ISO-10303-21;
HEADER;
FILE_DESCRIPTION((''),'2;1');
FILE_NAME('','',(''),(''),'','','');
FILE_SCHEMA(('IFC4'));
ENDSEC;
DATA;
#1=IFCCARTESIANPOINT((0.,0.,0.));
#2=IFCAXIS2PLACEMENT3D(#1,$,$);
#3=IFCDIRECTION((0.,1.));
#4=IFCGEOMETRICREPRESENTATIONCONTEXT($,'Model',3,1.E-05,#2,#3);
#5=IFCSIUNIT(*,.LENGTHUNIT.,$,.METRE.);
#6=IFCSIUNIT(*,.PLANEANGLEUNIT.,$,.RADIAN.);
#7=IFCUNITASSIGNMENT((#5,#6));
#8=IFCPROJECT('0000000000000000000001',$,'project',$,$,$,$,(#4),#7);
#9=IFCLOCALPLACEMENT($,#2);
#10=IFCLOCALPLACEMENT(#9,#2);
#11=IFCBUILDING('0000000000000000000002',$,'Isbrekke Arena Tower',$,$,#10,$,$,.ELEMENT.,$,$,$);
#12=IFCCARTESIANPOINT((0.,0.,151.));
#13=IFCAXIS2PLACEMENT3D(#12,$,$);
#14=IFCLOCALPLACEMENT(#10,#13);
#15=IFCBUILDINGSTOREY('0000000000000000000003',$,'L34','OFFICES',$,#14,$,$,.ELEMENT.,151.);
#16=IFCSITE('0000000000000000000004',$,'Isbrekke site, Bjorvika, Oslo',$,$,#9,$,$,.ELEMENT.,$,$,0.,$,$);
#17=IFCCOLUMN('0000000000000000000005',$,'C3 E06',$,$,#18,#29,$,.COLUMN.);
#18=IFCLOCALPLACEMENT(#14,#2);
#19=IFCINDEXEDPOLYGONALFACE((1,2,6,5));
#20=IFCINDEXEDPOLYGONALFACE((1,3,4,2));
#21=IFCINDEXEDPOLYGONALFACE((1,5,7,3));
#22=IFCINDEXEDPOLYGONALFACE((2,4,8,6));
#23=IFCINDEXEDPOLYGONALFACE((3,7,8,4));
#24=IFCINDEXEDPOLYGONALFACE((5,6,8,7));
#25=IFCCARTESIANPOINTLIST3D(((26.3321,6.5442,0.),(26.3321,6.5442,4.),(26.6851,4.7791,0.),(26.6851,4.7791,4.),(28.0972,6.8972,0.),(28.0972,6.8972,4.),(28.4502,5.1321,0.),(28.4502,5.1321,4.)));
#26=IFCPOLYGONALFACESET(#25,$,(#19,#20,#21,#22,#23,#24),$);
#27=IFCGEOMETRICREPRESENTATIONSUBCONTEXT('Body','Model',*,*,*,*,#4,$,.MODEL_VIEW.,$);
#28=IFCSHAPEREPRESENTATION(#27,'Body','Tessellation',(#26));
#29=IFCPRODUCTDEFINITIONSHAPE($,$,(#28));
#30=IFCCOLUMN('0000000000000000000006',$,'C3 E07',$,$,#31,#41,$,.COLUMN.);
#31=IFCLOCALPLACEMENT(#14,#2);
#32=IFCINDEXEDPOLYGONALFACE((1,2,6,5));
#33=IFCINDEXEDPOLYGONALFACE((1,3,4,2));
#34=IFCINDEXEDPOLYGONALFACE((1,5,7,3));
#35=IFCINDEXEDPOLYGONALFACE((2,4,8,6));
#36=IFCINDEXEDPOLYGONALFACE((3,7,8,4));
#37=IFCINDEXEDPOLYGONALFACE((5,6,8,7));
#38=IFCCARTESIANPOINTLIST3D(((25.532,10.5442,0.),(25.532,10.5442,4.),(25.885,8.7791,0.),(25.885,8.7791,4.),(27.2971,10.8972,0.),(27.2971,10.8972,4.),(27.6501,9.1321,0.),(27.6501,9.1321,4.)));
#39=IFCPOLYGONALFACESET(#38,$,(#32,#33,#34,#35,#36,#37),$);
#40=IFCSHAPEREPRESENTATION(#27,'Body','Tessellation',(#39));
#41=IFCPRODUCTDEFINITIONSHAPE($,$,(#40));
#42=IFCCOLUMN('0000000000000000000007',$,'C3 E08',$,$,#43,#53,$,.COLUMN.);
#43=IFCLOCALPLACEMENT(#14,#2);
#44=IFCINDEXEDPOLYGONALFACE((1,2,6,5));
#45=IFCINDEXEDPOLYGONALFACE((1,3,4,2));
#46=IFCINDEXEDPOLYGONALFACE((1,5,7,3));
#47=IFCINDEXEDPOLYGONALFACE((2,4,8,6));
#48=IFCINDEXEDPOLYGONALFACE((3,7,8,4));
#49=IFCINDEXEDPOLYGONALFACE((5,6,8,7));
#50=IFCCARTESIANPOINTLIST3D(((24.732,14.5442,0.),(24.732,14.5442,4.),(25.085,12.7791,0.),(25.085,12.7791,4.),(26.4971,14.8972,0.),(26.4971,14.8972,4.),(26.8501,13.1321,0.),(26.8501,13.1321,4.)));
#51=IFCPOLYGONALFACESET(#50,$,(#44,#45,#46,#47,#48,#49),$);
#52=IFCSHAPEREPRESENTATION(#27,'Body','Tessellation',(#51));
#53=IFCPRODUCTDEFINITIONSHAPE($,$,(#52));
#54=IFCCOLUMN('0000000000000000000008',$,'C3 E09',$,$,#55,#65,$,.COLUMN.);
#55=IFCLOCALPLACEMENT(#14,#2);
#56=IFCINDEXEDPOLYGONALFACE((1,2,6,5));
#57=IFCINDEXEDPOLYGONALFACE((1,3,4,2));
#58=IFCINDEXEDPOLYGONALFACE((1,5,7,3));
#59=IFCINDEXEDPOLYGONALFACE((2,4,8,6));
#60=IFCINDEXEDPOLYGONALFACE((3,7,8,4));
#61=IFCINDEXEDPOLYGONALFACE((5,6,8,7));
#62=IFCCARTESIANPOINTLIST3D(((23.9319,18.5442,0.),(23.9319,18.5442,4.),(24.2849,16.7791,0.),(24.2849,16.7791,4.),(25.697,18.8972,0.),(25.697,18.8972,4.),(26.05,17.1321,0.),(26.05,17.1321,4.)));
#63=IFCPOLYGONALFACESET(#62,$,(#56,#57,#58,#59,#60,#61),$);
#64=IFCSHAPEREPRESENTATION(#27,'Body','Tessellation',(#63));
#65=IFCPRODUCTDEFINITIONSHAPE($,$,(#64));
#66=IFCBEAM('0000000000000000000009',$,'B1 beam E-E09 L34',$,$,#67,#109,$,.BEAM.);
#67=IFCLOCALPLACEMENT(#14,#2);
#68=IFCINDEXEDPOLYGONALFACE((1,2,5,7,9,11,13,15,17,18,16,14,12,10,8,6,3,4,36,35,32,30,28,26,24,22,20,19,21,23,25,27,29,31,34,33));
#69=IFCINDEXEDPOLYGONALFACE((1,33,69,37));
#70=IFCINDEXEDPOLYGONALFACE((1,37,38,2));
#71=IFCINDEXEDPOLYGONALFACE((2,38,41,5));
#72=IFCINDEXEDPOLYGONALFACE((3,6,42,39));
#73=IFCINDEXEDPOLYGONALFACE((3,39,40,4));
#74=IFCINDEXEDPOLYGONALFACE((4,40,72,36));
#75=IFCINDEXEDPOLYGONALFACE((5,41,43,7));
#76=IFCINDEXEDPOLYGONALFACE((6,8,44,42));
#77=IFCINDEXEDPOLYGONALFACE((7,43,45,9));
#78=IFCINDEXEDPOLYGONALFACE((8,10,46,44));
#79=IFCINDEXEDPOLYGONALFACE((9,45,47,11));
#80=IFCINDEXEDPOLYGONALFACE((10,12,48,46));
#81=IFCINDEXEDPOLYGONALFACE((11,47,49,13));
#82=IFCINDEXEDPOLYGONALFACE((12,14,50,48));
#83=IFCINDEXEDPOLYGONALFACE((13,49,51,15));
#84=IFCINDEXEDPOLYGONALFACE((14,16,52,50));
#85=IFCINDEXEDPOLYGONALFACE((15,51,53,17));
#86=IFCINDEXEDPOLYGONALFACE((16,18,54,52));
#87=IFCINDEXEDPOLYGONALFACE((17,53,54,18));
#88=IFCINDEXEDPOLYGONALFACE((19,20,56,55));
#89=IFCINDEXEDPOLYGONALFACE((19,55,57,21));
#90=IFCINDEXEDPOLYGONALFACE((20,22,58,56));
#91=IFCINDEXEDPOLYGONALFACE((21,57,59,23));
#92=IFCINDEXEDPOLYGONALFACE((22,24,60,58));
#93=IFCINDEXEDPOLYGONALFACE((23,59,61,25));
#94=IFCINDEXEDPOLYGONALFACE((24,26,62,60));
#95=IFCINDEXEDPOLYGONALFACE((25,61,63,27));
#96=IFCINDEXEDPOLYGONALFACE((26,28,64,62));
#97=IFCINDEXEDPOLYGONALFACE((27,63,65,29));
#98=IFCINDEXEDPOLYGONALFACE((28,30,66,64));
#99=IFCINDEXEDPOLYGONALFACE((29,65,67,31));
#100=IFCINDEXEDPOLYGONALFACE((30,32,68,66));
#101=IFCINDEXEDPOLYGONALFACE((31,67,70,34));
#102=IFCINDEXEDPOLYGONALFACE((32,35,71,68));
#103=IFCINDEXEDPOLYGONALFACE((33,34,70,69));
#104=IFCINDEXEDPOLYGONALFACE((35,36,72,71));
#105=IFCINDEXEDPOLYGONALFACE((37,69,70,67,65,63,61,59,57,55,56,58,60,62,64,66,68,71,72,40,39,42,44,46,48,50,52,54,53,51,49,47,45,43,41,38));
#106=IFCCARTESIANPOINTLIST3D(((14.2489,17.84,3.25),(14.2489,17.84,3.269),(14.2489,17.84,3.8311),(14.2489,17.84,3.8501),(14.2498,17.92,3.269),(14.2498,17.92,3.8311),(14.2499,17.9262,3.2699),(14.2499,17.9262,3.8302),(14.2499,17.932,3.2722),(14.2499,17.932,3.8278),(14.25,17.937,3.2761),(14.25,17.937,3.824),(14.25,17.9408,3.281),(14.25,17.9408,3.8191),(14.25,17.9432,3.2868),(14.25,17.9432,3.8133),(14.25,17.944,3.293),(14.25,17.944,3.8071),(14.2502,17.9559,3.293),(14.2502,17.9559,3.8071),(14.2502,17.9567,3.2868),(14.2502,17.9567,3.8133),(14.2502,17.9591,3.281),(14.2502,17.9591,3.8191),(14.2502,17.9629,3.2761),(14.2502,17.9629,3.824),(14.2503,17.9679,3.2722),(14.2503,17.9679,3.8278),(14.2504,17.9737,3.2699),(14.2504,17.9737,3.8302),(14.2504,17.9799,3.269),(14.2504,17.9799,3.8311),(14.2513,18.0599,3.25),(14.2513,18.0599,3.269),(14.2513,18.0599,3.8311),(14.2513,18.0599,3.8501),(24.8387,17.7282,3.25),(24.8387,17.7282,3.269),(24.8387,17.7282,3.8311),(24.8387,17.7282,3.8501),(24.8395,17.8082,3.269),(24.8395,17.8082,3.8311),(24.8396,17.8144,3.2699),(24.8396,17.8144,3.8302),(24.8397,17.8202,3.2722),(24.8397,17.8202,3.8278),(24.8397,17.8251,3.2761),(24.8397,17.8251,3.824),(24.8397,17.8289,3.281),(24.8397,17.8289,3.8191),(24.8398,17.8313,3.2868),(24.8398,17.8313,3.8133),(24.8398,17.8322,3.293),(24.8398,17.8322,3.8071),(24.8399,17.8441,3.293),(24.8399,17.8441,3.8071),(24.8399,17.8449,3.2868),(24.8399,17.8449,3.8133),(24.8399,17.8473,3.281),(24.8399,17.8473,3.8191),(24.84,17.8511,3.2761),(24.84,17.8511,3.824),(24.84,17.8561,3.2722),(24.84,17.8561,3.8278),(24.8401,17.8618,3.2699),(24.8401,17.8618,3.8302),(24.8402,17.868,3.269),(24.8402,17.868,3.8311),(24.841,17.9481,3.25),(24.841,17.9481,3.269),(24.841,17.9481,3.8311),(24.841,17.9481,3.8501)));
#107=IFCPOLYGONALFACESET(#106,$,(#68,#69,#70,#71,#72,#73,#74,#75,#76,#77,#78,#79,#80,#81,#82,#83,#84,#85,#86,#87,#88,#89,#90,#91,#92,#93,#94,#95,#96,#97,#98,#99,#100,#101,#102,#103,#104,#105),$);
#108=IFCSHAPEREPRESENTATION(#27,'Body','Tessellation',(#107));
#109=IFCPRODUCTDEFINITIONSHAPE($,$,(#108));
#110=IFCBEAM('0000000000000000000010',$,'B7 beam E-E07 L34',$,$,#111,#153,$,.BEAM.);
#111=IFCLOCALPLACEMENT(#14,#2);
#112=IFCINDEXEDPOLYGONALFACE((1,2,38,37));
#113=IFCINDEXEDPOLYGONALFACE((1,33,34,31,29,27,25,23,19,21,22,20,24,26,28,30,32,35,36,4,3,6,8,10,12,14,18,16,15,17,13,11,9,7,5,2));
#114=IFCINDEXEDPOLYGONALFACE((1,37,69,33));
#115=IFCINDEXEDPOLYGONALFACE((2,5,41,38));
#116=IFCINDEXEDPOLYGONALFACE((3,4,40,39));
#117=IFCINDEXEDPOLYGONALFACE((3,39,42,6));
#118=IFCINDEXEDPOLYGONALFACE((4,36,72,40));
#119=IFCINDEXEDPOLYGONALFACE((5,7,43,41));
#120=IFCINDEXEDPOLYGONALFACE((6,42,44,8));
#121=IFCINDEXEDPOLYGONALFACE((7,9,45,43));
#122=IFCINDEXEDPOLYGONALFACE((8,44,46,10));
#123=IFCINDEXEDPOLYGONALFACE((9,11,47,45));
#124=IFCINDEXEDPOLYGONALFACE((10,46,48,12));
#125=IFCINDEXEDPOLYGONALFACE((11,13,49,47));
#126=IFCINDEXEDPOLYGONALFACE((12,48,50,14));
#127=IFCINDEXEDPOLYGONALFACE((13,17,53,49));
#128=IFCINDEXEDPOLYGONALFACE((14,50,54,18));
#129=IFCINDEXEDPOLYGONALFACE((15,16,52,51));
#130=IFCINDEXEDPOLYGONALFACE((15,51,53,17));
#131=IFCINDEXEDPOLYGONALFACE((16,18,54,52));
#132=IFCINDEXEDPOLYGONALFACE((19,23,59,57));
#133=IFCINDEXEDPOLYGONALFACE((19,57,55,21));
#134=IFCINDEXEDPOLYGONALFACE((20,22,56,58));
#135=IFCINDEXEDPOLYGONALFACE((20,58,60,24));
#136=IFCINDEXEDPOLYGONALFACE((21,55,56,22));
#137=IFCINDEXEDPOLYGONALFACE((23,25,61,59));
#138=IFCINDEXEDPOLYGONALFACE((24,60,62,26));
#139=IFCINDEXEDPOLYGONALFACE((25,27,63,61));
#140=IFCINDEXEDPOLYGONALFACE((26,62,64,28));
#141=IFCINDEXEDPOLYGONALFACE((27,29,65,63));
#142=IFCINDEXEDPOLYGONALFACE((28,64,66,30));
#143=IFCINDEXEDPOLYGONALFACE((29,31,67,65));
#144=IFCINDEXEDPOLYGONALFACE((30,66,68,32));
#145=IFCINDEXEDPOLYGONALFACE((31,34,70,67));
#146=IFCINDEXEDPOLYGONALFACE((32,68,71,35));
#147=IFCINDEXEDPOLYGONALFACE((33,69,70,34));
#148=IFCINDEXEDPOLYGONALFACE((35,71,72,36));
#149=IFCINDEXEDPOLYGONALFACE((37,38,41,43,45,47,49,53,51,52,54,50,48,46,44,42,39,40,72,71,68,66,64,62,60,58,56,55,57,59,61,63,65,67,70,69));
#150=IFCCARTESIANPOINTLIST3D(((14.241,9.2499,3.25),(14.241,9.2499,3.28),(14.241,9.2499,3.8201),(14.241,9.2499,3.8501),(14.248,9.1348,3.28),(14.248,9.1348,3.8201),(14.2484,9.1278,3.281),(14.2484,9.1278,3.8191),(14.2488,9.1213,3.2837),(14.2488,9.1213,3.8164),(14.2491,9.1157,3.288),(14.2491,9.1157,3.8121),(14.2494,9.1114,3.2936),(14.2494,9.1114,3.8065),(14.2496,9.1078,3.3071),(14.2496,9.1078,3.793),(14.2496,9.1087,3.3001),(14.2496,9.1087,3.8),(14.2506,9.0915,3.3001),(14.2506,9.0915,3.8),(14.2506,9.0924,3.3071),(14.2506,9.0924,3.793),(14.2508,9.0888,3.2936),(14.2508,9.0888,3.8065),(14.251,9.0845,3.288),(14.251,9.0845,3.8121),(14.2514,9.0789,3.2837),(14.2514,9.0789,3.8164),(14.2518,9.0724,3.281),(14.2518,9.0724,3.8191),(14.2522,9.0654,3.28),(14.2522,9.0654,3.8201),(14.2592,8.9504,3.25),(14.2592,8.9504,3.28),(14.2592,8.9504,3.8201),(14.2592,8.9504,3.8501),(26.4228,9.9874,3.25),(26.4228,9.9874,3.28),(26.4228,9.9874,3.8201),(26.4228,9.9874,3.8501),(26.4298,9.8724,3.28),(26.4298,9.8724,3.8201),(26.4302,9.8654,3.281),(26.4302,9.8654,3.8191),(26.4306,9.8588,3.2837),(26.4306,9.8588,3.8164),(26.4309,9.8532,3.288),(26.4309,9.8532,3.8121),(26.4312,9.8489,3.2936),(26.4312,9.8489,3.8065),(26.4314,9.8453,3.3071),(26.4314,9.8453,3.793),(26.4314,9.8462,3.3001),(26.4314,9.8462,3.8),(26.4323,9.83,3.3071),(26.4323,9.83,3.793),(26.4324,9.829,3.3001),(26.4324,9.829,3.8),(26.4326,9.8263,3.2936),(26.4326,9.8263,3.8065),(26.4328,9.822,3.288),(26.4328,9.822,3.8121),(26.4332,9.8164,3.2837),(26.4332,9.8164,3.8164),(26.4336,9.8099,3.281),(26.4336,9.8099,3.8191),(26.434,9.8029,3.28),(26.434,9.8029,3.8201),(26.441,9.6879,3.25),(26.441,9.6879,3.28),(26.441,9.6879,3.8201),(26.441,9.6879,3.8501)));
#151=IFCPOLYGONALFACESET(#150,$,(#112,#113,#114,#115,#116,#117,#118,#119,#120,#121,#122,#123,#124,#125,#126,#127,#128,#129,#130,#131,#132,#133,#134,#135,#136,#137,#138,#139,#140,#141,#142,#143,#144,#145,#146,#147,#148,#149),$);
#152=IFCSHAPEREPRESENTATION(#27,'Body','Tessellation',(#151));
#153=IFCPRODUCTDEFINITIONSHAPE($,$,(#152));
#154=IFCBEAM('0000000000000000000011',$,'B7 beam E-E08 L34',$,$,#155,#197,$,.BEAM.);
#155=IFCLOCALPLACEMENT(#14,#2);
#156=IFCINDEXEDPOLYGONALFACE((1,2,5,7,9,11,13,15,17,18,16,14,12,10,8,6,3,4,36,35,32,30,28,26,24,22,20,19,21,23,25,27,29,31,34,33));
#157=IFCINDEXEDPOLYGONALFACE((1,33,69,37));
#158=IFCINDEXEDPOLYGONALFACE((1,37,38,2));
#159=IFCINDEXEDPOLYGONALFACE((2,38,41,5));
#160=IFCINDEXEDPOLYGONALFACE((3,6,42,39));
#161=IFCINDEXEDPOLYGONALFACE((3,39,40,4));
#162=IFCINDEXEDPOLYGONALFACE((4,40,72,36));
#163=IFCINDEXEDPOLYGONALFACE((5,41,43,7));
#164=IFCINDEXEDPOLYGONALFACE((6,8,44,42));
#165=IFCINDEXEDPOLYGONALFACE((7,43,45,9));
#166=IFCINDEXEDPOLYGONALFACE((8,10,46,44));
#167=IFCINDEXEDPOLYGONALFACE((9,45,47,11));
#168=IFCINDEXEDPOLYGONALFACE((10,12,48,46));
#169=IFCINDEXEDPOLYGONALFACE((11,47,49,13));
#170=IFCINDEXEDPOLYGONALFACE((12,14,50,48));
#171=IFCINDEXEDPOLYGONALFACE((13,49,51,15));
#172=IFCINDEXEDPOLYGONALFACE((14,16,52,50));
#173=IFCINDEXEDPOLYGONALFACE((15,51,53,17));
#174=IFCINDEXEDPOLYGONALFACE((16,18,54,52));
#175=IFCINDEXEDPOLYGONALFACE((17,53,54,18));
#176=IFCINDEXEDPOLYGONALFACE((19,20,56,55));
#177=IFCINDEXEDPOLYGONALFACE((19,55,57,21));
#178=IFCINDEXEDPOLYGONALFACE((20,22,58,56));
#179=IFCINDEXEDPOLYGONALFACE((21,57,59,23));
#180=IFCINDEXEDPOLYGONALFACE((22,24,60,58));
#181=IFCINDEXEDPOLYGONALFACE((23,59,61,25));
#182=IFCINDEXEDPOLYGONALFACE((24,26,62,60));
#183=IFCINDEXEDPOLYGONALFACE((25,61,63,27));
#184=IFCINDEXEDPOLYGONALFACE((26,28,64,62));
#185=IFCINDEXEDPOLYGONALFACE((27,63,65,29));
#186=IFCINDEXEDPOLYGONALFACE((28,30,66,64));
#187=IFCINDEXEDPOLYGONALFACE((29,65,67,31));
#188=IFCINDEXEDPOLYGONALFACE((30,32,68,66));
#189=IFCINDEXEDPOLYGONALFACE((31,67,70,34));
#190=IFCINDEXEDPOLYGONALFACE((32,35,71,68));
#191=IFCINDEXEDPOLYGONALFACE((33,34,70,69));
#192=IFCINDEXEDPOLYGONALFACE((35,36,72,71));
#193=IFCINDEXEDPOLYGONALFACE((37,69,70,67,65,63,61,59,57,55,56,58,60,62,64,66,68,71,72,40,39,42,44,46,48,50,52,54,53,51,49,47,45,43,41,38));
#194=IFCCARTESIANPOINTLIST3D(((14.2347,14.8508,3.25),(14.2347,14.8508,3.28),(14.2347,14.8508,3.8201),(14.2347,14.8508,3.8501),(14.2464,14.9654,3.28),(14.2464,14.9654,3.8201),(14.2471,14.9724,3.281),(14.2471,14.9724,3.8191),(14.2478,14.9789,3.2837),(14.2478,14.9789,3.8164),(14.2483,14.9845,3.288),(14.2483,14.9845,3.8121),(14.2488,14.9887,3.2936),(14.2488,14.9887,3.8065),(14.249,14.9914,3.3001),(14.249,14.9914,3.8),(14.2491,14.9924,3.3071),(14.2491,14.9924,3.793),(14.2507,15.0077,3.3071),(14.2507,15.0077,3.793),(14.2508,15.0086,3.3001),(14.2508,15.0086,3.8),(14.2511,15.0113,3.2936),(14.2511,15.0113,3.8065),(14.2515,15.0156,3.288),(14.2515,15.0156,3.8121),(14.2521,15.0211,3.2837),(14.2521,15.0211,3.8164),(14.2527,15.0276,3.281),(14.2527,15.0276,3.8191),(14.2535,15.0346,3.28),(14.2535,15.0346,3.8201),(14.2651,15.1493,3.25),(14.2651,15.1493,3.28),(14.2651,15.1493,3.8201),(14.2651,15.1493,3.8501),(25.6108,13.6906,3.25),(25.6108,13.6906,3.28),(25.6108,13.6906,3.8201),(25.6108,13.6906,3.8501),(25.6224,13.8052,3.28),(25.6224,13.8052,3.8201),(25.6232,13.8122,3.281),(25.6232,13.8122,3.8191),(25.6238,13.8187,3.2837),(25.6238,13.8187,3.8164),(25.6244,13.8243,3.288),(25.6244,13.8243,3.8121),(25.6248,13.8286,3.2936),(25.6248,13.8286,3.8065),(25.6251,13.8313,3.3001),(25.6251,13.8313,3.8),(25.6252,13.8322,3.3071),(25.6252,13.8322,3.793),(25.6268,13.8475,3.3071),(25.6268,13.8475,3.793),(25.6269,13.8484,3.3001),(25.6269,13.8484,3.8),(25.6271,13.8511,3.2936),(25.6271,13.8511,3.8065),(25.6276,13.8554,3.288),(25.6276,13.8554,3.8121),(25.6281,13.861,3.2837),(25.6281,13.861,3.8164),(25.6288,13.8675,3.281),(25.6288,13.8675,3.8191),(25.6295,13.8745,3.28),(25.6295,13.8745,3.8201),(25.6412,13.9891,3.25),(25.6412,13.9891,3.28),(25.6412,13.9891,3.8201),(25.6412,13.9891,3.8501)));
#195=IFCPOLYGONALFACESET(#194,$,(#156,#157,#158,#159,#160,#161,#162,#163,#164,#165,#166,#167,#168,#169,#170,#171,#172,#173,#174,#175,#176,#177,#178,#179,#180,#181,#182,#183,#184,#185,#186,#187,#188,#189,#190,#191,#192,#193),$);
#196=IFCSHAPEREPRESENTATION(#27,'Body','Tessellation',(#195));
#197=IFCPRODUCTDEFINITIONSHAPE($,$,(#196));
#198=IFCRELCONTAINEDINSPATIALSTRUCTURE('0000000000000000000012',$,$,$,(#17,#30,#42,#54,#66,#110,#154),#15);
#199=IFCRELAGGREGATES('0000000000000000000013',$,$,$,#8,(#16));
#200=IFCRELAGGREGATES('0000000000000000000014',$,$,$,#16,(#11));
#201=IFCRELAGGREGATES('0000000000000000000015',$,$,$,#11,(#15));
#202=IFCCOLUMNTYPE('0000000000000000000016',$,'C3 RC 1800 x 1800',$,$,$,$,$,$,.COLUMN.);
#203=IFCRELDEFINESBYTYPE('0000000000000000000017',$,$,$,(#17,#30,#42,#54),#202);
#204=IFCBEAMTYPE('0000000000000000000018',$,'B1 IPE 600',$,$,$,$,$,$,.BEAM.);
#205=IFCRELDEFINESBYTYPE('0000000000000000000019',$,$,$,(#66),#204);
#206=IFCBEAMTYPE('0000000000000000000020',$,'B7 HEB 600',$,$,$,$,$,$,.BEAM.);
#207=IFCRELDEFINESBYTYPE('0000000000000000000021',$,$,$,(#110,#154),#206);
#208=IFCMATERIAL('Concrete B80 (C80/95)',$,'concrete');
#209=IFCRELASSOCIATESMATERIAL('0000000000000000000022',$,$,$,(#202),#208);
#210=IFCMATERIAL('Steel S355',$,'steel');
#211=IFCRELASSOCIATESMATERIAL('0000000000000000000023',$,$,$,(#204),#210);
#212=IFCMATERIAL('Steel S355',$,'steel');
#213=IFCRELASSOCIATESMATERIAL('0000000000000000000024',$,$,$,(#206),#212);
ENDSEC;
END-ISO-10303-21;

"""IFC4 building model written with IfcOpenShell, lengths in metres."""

from ifc_helpers import new_model, si_unit, direction, frame, origin, origin_2d, place, context, subcontext, project, spatial, rectangle, i_section, extrude, material, material_profile, profile_set, type_object, element, save


model = new_model("IFC4")

# Units and contexts
model_context = context("Model", 3, precision=1e-05, world=origin(), true_north=direction((0.0, 1.0)))
body_context = subcontext(model_context, "Body", "Model", "MODEL_VIEW")
ifc_project = project(units=[si_unit("LENGTHUNIT", "METRE"), si_unit("PLANEANGLEUNIT", "RADIAN")], contexts=[model_context])

# Site, building, storey
site_placement = place(None, origin())
site = spatial("IfcSite", under=ifc_project, at=site_placement, Name="Isbrekke site, Bjorvika, Oslo", CompositionType="ELEMENT", RefElevation=0.0)
building_placement = place(site_placement, origin())
building = spatial("IfcBuilding", under=site, at=building_placement, Name="Isbrekke Arena Tower", CompositionType="ELEMENT")
storey_placement = place(building_placement, frame((0.0, 0.0, 151.0)))
storey = spatial("IfcBuildingStorey", under=building, at=storey_placement, Name="L34", Description="OFFICES", CompositionType="ELEMENT", Elevation=151.0)

# Columns
ifc_material_1 = material(Name="Concrete B80 (C80/95)", Category="concrete")
ifc_material_profile_1 = material_profile(ifc_material_1, rectangle(XDim=1.8, YDim=1.8, at=origin_2d()), Name="RC 1800x1800")
ifc_profile_set_1 = profile_set([ifc_material_profile_1], Name="Concrete B80 (C80/95)")
column_type = type_object("IfcColumnType", Name="C3 RC 1800 x 1800", PredefinedType="COLUMN", material=ifc_profile_set_1)
for number, where, z_axis, x_axis, name in (
    (1, (27.3911, 5.8381, 0.0), (0.0, 0.0, 1.0), (-0.196116, 0.980581, 0.0), "C3 E06"),
    (2, (26.5911, 9.8381, 0.0), (0.0, 0.0, 1.0), (-0.196116, 0.980581, 0.0), "C3 E07"),
    (3, (25.791, 13.8381, 0.0), (0.0, 0.0, 1.0), (-0.196116, 0.980581, 0.0), "C3 E08"),
    (4, (24.991, 17.8381, 0.0), (0.0, 0.0, 1.0), (-0.196116, 0.980581, 0.0), "C3 E09"),
):
    element("IfcColumn", number, at=place(storey_placement, frame(where, z_axis=z_axis, x_axis=x_axis)), inside=storey, type_object=column_type, Name=name, PredefinedType="COLUMN", context=body_context, shape_type="SweptSolid", body=[
        extrude(rectangle(XDim=1.8, YDim=1.8, at=origin_2d()), origin(), (0.0, 0.0, 1.0), 4.0),
    ])

# Beams
ifc_material_2 = material(Name="Steel S355", Category="steel")
ifc_material_profile_2 = material_profile(ifc_material_2, i_section(OverallWidth=0.22, OverallDepth=0.6001, WebThickness=0.012, FlangeThickness=0.019, FilletRadius=0.0239, at=origin_2d()), Name="IPE 600")
ifc_profile_set_2 = profile_set([ifc_material_profile_2], Name="Steel S355")
beam_type_1 = type_object("IfcBeamType", Name="B1 IPE 600", PredefinedType="BEAM", material=ifc_profile_set_2)
beam_1_placement = place(storey_placement, frame((24.8398, 17.8381, 3.55), z_axis=(-0.999944, 0.010558, 0.0), x_axis=(-0.010558, -0.999944, 0.0)))
element("IfcBeam", 5, at=beam_1_placement, inside=storey, type_object=beam_type_1, Name="B1 beam E-E09 L34", PredefinedType="BEAM", context=body_context, shape_type="SweptSolid", body=[
    extrude(i_section(OverallWidth=0.22, OverallDepth=0.6001, WebThickness=0.012, FlangeThickness=0.019, FilletRadius=0.0239, at=origin_2d()), origin(), (0.0, 0.0, 1.0), 10.5903),
])
ifc_material_3 = material(Name="Steel S355", Category="steel")
ifc_material_profile_3 = material_profile(ifc_material_3, i_section(OverallWidth=0.3, OverallDepth=0.6001, WebThickness=0.0154, FlangeThickness=0.03, FilletRadius=0.0271, at=origin_2d()), Name="HEB 600")
ifc_profile_set_3 = profile_set([ifc_material_profile_3], Name="Steel S355")
beam_type_2 = type_object("IfcBeamType", Name="B7 HEB 600", PredefinedType="BEAM", material=ifc_profile_set_3)
beam_2_placement = place(storey_placement, frame((26.4319, 9.8376, 3.55), z_axis=(-0.998172, -0.060434, 0.0), x_axis=(0.060434, -0.998172, 0.0)))
element("IfcBeam", 6, at=beam_2_placement, inside=storey, type_object=beam_type_2, Name="B7 beam E-E07 L34", PredefinedType="BEAM", context=body_context, shape_type="SweptSolid", body=[
    extrude(i_section(OverallWidth=0.3, OverallDepth=0.6001, WebThickness=0.0154, FlangeThickness=0.03, FilletRadius=0.0271, at=origin_2d()), origin(), (0.0, 0.0, 1.0), 12.2041),
])
beam_3_placement = place(storey_placement, frame((25.626, 13.8398, 3.55), z_axis=(-0.99484, 0.101457, 0.0), x_axis=(-0.101457, -0.99484, 0.0)))
element("IfcBeam", 7, at=beam_3_placement, inside=storey, type_object=beam_type_2, Name="B7 beam E-E08 L34", PredefinedType="BEAM", context=body_context, shape_type="SweptSolid", body=[
    extrude(i_section(OverallWidth=0.3, OverallDepth=0.6001, WebThickness=0.0154, FlangeThickness=0.03, FilletRadius=0.0271, at=origin_2d()), origin(), (0.0, 0.0, 1.0), 11.4351),
])

save(model, "model.ifc")
